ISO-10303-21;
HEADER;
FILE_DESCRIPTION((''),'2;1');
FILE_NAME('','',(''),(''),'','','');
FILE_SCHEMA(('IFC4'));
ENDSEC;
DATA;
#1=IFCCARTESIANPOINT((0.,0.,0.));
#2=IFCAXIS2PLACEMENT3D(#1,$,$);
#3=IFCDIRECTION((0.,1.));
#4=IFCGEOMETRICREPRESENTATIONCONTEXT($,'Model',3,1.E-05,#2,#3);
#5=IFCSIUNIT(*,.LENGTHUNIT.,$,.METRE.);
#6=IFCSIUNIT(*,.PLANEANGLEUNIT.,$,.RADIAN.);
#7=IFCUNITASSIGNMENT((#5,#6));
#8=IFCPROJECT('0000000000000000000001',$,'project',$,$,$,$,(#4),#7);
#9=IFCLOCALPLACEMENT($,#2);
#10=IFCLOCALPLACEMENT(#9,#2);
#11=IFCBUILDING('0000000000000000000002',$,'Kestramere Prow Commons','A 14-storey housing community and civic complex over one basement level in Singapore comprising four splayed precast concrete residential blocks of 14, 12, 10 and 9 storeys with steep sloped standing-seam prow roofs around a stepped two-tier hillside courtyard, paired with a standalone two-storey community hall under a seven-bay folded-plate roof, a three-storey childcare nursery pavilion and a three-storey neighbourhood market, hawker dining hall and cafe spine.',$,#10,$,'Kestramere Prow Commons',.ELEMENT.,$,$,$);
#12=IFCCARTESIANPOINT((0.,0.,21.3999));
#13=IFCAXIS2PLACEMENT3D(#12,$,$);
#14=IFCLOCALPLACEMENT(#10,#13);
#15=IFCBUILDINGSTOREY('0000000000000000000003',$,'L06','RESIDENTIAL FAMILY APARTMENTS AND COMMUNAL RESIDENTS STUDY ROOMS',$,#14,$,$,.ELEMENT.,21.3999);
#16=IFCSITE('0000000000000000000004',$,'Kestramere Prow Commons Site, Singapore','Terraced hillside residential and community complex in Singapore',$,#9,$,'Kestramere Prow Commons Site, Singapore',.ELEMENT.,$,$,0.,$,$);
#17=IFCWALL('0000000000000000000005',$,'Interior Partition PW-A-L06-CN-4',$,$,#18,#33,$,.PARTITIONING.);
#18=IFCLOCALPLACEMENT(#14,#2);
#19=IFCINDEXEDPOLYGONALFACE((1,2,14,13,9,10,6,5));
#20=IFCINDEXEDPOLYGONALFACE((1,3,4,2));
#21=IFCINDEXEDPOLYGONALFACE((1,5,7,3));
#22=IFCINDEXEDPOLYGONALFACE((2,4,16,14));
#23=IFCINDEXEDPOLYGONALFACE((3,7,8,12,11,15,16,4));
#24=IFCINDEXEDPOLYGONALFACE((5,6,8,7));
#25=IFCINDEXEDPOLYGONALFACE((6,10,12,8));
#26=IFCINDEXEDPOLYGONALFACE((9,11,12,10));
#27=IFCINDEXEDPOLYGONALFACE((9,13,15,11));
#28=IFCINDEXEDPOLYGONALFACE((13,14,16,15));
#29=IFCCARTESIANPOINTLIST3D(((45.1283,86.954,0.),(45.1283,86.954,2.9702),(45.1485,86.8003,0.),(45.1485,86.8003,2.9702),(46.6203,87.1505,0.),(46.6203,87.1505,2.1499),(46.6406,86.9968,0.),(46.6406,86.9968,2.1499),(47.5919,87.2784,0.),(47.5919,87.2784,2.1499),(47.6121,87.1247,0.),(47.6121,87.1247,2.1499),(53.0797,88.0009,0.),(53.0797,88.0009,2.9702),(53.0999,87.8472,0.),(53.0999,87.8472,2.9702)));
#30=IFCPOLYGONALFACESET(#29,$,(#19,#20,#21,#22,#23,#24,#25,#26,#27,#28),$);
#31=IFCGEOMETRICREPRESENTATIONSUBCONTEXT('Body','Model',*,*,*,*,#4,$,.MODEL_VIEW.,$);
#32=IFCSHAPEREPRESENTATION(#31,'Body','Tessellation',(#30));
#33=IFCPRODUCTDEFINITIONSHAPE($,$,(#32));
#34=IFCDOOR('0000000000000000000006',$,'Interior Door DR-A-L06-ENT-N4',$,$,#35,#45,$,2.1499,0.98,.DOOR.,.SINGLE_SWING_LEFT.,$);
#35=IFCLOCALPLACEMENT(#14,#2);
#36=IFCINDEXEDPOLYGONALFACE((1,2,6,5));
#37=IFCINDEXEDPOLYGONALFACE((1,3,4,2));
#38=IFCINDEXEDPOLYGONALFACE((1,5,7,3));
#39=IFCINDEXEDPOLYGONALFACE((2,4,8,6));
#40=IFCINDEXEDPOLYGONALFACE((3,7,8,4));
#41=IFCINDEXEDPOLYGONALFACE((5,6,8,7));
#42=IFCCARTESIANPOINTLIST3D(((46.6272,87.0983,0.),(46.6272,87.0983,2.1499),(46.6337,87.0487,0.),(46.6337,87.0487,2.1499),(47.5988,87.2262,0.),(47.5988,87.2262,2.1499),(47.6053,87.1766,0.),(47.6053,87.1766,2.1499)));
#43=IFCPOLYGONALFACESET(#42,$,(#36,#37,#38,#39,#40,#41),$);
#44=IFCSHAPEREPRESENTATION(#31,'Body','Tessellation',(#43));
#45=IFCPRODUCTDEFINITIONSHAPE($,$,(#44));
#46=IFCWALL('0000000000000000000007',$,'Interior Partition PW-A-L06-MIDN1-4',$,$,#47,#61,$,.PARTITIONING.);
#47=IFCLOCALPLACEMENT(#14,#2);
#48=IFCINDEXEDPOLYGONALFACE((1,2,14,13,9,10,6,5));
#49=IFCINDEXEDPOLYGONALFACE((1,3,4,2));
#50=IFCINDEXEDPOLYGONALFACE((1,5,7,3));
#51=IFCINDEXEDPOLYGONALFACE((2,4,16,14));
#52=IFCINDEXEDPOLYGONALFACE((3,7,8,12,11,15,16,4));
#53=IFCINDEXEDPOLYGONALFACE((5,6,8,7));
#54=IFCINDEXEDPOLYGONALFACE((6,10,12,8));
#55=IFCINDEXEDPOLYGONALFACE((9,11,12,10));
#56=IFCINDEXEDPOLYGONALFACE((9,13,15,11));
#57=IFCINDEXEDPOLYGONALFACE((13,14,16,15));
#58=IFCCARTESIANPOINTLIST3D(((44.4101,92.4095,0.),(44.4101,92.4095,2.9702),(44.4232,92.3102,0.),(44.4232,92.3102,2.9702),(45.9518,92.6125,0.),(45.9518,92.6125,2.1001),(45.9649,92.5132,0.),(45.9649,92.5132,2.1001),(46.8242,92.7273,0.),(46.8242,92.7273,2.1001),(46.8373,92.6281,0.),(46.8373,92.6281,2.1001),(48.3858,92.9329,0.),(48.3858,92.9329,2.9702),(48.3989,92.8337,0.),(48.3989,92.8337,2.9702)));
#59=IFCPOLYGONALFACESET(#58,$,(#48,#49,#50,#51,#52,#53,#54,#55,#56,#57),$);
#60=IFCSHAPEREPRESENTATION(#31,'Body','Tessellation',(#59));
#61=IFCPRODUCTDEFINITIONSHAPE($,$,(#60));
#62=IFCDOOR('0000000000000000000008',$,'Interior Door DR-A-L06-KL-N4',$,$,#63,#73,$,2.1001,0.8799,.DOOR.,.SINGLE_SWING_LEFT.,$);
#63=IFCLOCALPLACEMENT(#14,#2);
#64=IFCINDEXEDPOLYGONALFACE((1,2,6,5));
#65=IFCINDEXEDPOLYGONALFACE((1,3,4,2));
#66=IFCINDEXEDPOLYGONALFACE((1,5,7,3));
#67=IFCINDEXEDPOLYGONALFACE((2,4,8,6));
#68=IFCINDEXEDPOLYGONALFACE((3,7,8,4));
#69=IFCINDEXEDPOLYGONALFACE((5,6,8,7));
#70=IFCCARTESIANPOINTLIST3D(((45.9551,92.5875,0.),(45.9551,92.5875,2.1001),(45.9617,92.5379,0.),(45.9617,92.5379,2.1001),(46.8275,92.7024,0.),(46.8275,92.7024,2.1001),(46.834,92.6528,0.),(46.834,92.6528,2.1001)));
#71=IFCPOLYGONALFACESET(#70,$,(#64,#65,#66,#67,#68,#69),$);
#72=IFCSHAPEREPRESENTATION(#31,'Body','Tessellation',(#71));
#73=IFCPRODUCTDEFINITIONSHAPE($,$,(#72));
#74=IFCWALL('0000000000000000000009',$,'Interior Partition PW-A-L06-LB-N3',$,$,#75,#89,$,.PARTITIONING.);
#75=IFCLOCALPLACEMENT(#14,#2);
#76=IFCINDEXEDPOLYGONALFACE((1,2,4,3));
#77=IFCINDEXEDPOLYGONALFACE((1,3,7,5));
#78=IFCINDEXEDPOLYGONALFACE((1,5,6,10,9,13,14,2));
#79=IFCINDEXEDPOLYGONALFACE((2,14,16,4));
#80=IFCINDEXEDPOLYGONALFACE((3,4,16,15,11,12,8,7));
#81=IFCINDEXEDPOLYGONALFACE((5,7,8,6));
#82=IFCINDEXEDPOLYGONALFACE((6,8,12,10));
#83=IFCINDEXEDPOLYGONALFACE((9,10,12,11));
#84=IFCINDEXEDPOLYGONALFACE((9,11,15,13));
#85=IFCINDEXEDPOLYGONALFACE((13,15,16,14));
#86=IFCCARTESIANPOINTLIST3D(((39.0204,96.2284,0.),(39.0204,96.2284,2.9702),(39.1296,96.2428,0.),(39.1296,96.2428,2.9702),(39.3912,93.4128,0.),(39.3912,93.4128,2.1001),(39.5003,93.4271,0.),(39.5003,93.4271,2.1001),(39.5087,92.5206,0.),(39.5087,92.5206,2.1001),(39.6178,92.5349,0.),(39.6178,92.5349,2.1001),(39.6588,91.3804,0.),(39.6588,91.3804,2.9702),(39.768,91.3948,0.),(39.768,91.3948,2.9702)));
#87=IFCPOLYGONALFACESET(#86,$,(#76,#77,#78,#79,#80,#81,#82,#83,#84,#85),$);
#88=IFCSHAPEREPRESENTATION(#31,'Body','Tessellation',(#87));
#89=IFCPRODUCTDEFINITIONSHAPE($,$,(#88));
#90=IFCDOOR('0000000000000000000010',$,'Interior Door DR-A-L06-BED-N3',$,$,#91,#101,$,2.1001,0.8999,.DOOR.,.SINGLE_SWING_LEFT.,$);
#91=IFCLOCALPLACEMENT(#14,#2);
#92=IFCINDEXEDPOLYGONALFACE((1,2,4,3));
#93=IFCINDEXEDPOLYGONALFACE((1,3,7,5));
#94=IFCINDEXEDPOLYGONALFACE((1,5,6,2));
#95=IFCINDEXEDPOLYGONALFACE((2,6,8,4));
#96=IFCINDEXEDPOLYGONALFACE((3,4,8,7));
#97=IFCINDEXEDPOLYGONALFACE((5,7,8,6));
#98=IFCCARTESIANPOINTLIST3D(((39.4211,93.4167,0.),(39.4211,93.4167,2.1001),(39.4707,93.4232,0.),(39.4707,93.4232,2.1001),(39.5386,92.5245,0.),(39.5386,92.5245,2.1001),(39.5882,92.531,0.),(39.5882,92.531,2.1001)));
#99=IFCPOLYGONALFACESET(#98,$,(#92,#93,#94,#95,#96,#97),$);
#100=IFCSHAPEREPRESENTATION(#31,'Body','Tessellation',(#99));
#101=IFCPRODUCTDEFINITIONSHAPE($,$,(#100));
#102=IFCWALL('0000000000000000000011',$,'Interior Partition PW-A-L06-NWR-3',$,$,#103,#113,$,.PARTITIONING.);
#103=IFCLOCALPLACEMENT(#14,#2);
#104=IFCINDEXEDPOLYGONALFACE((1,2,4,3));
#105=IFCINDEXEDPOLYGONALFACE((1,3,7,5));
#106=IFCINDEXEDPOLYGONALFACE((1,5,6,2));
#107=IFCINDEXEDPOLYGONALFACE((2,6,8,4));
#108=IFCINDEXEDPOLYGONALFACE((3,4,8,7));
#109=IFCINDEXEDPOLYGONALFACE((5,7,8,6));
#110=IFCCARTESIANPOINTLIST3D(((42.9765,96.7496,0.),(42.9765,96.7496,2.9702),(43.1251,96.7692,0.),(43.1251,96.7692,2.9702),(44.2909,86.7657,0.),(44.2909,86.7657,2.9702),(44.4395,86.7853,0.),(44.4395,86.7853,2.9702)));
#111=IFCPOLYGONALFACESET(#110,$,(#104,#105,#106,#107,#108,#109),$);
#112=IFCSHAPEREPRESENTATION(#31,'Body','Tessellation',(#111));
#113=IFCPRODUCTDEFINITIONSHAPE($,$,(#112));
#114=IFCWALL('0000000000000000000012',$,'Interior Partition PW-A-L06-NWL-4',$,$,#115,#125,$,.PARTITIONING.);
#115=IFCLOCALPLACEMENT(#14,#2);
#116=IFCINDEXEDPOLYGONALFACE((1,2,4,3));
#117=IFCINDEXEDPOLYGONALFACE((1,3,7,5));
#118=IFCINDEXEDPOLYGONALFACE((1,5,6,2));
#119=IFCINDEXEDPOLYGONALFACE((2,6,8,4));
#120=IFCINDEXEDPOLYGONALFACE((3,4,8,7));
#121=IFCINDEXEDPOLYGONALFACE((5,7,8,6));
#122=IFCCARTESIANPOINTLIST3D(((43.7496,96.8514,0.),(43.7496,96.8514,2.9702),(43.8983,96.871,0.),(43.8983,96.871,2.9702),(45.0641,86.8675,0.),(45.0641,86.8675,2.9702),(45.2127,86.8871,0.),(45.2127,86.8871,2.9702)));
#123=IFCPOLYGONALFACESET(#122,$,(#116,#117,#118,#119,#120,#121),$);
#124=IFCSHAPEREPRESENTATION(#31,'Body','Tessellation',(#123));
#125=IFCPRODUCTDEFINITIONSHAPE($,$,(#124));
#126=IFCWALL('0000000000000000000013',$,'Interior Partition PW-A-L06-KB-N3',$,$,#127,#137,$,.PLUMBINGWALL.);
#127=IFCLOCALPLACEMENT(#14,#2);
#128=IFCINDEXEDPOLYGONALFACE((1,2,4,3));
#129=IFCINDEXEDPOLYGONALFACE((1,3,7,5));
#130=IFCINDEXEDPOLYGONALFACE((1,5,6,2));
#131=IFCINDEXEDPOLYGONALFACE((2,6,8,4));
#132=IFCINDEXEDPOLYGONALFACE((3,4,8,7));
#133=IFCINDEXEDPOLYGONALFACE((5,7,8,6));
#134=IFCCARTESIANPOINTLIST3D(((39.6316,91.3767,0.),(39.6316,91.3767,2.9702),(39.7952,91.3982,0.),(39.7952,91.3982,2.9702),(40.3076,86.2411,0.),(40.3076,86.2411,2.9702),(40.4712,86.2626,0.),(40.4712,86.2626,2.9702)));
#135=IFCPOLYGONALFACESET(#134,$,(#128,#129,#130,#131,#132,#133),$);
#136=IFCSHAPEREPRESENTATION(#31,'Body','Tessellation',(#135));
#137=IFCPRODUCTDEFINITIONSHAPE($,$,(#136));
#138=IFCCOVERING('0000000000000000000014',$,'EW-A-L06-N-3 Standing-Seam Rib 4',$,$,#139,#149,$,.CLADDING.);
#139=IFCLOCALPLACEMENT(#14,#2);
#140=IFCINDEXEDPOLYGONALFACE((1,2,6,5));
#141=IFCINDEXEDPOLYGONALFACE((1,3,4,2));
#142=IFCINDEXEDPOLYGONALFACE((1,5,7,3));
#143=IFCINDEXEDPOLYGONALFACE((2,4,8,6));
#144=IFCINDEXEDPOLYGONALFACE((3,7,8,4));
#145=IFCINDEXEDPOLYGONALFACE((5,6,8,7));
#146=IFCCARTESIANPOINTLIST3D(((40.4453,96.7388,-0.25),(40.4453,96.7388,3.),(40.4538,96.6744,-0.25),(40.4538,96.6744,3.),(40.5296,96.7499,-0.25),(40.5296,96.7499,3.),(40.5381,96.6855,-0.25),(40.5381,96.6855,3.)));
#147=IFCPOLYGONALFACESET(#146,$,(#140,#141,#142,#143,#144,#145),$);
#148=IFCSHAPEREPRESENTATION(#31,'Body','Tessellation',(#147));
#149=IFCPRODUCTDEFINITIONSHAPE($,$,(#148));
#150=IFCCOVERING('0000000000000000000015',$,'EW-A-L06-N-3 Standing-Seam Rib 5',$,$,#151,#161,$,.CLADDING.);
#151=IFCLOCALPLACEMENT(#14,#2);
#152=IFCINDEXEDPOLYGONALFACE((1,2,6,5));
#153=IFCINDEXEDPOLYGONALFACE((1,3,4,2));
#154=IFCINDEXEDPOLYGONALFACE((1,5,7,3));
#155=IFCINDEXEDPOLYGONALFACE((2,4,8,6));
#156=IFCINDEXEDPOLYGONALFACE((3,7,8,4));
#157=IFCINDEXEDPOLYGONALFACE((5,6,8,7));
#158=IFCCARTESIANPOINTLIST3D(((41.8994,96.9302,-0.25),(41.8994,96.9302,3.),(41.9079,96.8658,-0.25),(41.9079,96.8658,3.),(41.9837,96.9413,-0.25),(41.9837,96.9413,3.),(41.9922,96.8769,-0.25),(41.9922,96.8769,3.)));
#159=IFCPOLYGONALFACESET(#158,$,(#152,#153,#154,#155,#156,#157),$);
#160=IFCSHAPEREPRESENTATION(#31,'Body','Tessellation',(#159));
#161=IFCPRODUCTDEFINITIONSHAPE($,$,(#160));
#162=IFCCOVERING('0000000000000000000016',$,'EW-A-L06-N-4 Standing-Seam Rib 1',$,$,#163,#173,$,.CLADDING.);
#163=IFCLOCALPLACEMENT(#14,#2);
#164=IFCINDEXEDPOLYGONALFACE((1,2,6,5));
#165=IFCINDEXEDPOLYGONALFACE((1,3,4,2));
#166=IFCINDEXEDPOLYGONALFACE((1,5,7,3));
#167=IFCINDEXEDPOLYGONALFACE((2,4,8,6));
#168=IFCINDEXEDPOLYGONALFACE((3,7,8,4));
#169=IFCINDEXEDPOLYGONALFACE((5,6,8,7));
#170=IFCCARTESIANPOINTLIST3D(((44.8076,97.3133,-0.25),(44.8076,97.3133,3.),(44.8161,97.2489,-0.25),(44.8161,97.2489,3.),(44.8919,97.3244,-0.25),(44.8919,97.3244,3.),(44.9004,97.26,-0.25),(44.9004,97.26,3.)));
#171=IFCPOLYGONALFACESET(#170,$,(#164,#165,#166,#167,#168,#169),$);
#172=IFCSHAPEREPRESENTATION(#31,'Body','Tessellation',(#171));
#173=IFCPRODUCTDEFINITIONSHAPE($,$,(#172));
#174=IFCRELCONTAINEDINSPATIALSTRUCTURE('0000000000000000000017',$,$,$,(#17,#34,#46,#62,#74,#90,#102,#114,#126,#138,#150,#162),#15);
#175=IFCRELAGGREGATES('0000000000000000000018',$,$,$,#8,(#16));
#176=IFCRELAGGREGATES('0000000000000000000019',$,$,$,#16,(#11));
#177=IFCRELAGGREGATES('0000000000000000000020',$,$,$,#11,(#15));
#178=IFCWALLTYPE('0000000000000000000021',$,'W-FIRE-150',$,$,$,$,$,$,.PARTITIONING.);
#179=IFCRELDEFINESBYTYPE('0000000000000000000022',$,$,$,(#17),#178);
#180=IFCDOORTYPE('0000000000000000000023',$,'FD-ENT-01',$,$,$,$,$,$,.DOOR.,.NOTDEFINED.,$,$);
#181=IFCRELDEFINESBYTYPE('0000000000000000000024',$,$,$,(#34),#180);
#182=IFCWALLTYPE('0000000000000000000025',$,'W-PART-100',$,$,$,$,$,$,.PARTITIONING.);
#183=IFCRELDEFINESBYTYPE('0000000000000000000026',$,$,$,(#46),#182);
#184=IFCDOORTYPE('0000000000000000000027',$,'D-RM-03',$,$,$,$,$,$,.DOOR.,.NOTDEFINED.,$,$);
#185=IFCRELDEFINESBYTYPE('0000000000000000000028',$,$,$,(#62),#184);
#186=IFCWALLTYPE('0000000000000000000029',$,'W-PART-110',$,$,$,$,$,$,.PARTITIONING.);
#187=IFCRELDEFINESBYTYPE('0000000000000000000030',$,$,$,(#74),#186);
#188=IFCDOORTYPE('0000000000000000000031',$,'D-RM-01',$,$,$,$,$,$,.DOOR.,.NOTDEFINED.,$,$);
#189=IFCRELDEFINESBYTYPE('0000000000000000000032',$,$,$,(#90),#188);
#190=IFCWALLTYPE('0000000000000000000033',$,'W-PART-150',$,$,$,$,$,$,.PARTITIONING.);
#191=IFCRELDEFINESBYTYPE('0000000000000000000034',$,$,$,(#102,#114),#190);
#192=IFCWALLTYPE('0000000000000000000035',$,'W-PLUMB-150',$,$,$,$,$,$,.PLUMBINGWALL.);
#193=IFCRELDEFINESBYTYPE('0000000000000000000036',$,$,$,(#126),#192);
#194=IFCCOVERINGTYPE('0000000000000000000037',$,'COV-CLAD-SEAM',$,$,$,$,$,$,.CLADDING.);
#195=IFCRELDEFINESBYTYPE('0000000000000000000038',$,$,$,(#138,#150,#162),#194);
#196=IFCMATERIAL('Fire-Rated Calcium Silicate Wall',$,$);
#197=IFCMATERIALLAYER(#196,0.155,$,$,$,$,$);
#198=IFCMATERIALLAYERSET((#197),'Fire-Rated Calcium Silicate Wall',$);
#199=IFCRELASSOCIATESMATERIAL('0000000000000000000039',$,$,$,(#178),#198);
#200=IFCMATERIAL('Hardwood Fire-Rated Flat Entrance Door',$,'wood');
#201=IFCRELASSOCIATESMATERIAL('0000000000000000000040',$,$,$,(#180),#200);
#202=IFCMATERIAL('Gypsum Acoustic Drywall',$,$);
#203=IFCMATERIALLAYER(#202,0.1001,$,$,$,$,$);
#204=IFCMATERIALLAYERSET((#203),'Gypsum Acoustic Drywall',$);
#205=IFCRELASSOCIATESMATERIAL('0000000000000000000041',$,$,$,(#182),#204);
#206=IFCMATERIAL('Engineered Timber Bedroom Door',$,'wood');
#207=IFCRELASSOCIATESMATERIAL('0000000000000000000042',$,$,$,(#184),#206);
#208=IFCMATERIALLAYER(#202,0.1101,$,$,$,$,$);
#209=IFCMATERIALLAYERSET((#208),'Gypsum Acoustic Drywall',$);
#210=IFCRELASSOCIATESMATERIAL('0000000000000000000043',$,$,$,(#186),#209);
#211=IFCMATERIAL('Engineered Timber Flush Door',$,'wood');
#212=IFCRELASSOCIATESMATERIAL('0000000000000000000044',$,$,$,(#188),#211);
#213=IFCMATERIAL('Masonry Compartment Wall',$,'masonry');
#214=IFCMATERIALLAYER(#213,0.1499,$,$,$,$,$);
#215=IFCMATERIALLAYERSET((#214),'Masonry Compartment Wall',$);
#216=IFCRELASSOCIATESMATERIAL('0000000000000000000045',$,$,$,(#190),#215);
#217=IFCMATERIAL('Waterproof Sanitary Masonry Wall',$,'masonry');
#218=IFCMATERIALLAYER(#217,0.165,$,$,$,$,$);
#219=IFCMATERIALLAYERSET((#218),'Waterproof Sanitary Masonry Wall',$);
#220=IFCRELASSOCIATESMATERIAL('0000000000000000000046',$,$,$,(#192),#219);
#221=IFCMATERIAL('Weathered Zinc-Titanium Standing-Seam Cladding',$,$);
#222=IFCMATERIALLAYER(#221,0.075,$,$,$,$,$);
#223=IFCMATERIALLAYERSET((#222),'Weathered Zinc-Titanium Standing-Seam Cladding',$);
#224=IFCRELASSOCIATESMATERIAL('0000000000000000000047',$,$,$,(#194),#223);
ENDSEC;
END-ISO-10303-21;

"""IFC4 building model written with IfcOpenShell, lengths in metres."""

from ifc_helpers import new_model, si_unit, direction, frame, frame_2d, origin, origin_2d, place, context, subcontext, project, spatial, rectangle, extrude, material, layer, layer_set, type_object, element, fill, save


model = new_model("IFC4")

# Units and contexts
model_context = context("Model", 3, precision=1e-05, world=origin(), true_north=direction((0.0, 1.0)))
body_context = subcontext(model_context, "Body", "Model", "MODEL_VIEW")
ifc_project = project(units=[si_unit("LENGTHUNIT", "METRE"), si_unit("PLANEANGLEUNIT", "RADIAN")], contexts=[model_context])

# Site, building, storey
site_placement = place(None, origin())
site = spatial("IfcSite", under=ifc_project, at=site_placement, Name="Kestramere Prow Commons Site, Singapore", Description="Terraced hillside residential and community complex in Singapore", LongName="Kestramere Prow Commons Site, Singapore", CompositionType="ELEMENT", RefElevation=0.0)
building_placement = place(site_placement, origin())
building = spatial("IfcBuilding", under=site, at=building_placement, Name="Kestramere Prow Commons", Description="A 14-storey housing community and civic complex over one basement level in Singapore comprising four splayed precast concrete residential blocks of 14, 12, 10 and 9 storeys with steep sloped standing-seam prow roofs around a stepped two-tier hillside courtyard, paired with a standalone two-storey community hall under a seven-bay folded-plate roof, a three-storey childcare nursery pavilion and a three-storey neighbourhood market, hawker dining hall and cafe spine.", LongName="Kestramere Prow Commons", CompositionType="ELEMENT")
storey_placement = place(building_placement, frame((0.0, 0.0, 21.3999)))
storey = spatial("IfcBuildingStorey", under=building, at=storey_placement, Name="L06", Description="RESIDENTIAL FAMILY APARTMENTS AND COMMUNAL RESIDENTS STUDY ROOMS", CompositionType="ELEMENT", Elevation=21.3999)

# Walls, openings, doors
ifc_material_1 = material(Name="Fire-Rated Calcium Silicate Wall")
ifc_layer_1 = layer(ifc_material_1, 0.155)
ifc_layer_set_1 = layer_set([ifc_layer_1], Name="Fire-Rated Calcium Silicate Wall")
wall_type_1 = type_object("IfcWallType", Name="W-FIRE-150", PredefinedType="PARTITIONING", material=ifc_layer_set_1)
ifc_material_2 = material(Name="Hardwood Fire-Rated Flat Entrance Door", Category="wood")
door_type_1 = type_object("IfcDoorType", Name="FD-ENT-01", OperationType="NOTDEFINED", PredefinedType="DOOR", material=ifc_material_2)
wall_1_placement = place(storey_placement, frame((45.1384, 86.8772, 0.0), z_axis=(0.0, 0.0, 1.0), x_axis=(0.991444, 0.130532, 0.0)))
wall_1 = element("IfcWall", 1, at=wall_1_placement, inside=storey, type_object=wall_type_1, Name="Interior Partition PW-A-L06-CN-4", PredefinedType="PARTITIONING", context=body_context, shape_type="SweptSolid", body=[
    extrude(rectangle(XDim=8.02, YDim=0.155, at=frame_2d((4.01, 0.0))), origin(), (0.0, 0.0, 1.0), 2.9702),
])
opening_1_placement = place(wall_1_placement, frame((1.5049, 0.0, 0.0)))
opening_1 = element("IfcOpeningElement", 2, at=opening_1_placement, cuts=wall_1, PredefinedType="OPENING", context=body_context, shape_type="SweptSolid", body=[
    extrude(rectangle(XDim=0.98, YDim=2.1499, at=frame_2d((0.49, 1.075))), frame((0.0, 0.0925, 0.0), z_axis=(0.0, -1.0, 0.0), x_axis=(1.0, 0.0, 0.0)), (0.0, 0.0, 1.0), 0.1851),
])
door_1_placement = place(opening_1_placement, origin())
door_1 = element("IfcDoor", 3, at=door_1_placement, inside=storey, type_object=door_type_1, Name="Interior Door DR-A-L06-ENT-N4", OperationType="SINGLE_SWING_LEFT", OverallHeight=2.1499, OverallWidth=0.98, PredefinedType="DOOR", context=body_context, shape_type="SweptSolid", body=[
    extrude(rectangle(XDim=0.98, YDim=2.1499, at=frame_2d((0.49, 1.075))), frame((0.0, 0.0249, 0.0), z_axis=(0.0, -1.0, 0.0), x_axis=(1.0, 0.0, 0.0)), (0.0, 0.0, 1.0), 0.05),
])
fill(opening_1, door_1)
ifc_material_3 = material(Name="Gypsum Acoustic Drywall")
ifc_layer_2 = layer(ifc_material_3, 0.1001)
ifc_layer_set_2 = layer_set([ifc_layer_2], Name="Gypsum Acoustic Drywall")
wall_type_2 = type_object("IfcWallType", Name="W-PART-100", PredefinedType="PARTITIONING", material=ifc_layer_set_2)
wall_2_placement = place(storey_placement, frame((44.4167, 92.3599, 0.0), z_axis=(0.0, 0.0, 1.0), x_axis=(0.991444, 0.130536, 0.0)))
wall_2 = element("IfcWall", 4, at=wall_2_placement, inside=storey, type_object=wall_type_2, Name="Interior Partition PW-A-L06-MIDN1-4", PredefinedType="PARTITIONING", context=body_context, shape_type="SweptSolid", body=[
    extrude(rectangle(XDim=4.01, YDim=0.1001, at=frame_2d((2.0049, 0.0))), origin(), (0.0, 0.0, 1.0), 2.9702),
])
opening_2_placement = place(wall_2_placement, frame((1.5549, 0.0, 0.0)))
opening_2 = element("IfcOpeningElement", 5, at=opening_2_placement, cuts=wall_2, PredefinedType="OPENING", context=body_context, shape_type="SweptSolid", body=[
    extrude(rectangle(XDim=0.8799, YDim=2.1001, at=frame_2d((0.4399, 1.05))), frame((0.0, 0.0649, 0.0), z_axis=(0.0, -1.0, 0.0), x_axis=(1.0, 0.0, 0.0)), (0.0, 0.0, 1.0), 0.1301),
])
ifc_material_4 = material(Name="Engineered Timber Bedroom Door", Category="wood")
door_type_2 = type_object("IfcDoorType", Name="D-RM-03", OperationType="NOTDEFINED", PredefinedType="DOOR", material=ifc_material_4)
door_2_placement = place(opening_2_placement, origin())
door_2 = element("IfcDoor", 6, at=door_2_placement, inside=storey, type_object=door_type_2, Name="Interior Door DR-A-L06-KL-N4", OperationType="SINGLE_SWING_LEFT", OverallHeight=2.1001, OverallWidth=0.8799, PredefinedType="DOOR", context=body_context, shape_type="SweptSolid", body=[
    extrude(rectangle(XDim=0.8799, YDim=2.1001, at=frame_2d((0.4399, 1.05))), frame((0.0, 0.0249, 0.0), z_axis=(0.0, -1.0, 0.0), x_axis=(1.0, 0.0, 0.0)), (0.0, 0.0, 1.0), 0.05),
])
fill(opening_2, door_2)
ifc_layer_3 = layer(ifc_material_3, 0.1101)
ifc_layer_set_3 = layer_set([ifc_layer_3], Name="Gypsum Acoustic Drywall")
wall_type_3 = type_object("IfcWallType", Name="W-PART-110", PredefinedType="PARTITIONING", material=ifc_layer_set_3)
wall_3_placement = place(storey_placement, frame((39.7134, 91.3877, 0.0), z_axis=(0.0, 0.0, 1.0), x_axis=(-0.130558, 0.991441, 0.0)))
wall_3 = element("IfcWall", 7, at=wall_3_placement, inside=storey, type_object=wall_type_3, Name="Interior Partition PW-A-L06-LB-N3", PredefinedType="PARTITIONING", context=body_context, shape_type="SweptSolid", body=[
    extrude(rectangle(XDim=4.8899, YDim=0.1101, at=frame_2d((2.4448, 0.0))), origin(), (0.0, 0.0, 1.0), 2.9702),
])
opening_3_placement = place(wall_3_placement, frame((1.1499, 0.0, 0.0)))
opening_3 = element("IfcOpeningElement", 8, at=opening_3_placement, cuts=wall_3, PredefinedType="OPENING", context=body_context, shape_type="SweptSolid", body=[
    extrude(rectangle(XDim=0.8999, YDim=2.1001, at=frame_2d((0.45, 1.05))), frame((0.0, 0.0701, 0.0), z_axis=(0.0, -1.0, 0.0), x_axis=(1.0, 0.0, 0.0)), (0.0, 0.0, 1.0), 0.1401),
])
ifc_material_5 = material(Name="Engineered Timber Flush Door", Category="wood")
door_type_3 = type_object("IfcDoorType", Name="D-RM-01", OperationType="NOTDEFINED", PredefinedType="DOOR", material=ifc_material_5)
door_3_placement = place(opening_3_placement, origin())
door_3 = element("IfcDoor", 9, at=door_3_placement, inside=storey, type_object=door_type_3, Name="Interior Door DR-A-L06-BED-N3", OperationType="SINGLE_SWING_LEFT", OverallHeight=2.1001, OverallWidth=0.8999, PredefinedType="DOOR", context=body_context, shape_type="SweptSolid", body=[
    extrude(rectangle(XDim=0.8999, YDim=2.1001, at=frame_2d((0.45, 1.05))), frame((0.0, 0.0249, 0.0), z_axis=(0.0, -1.0, 0.0), x_axis=(1.0, 0.0, 0.0)), (0.0, 0.0, 1.0), 0.05),
])
fill(opening_3, door_3)

# Walls
ifc_material_6 = material(Name="Masonry Compartment Wall", Category="masonry")
ifc_layer_4 = layer(ifc_material_6, 0.1499)
ifc_layer_set_4 = layer_set([ifc_layer_4], Name="Masonry Compartment Wall")
wall_type_4 = type_object("IfcWallType", Name="W-PART-150", PredefinedType="PARTITIONING", material=ifc_layer_set_4)
for number, where, z_axis, x_axis, name in (
    (10, (44.3652, 86.7754, 0.0), (0.0, 0.0, 1.0), (-0.130531, 0.991444, 0.0), "Interior Partition PW-A-L06-NWR-3"),
    (11, (45.1384, 86.8772, 0.0), (0.0, 0.0, 1.0), (-0.130531, 0.991444, 0.0), "Interior Partition PW-A-L06-NWL-4"),
):
    element("IfcWall", number, at=place(storey_placement, frame(where, z_axis=z_axis, x_axis=x_axis)), inside=storey, type_object=wall_type_4, Name=name, PredefinedType="PARTITIONING", context=body_context, shape_type="SweptSolid", body=[
        extrude(rectangle(XDim=10.0701, YDim=0.1499, at=frame_2d((5.0352, 0.0))), origin(), (0.0, 0.0, 1.0), 2.9702),
    ])
ifc_material_7 = material(Name="Waterproof Sanitary Masonry Wall", Category="masonry")
ifc_layer_5 = layer(ifc_material_7, 0.165)
ifc_layer_set_5 = layer_set([ifc_layer_5], Name="Waterproof Sanitary Masonry Wall")
wall_type_5 = type_object("IfcWallType", Name="W-PLUMB-150", PredefinedType="PLUMBINGWALL", material=ifc_layer_set_5)
wall_4_placement = place(storey_placement, frame((40.3894, 86.252, 0.0), z_axis=(0.0, 0.0, 1.0), x_axis=(-0.130506, 0.991448, 0.0)))
element("IfcWall", 12, at=wall_4_placement, inside=storey, type_object=wall_type_5, Name="Interior Partition PW-A-L06-KB-N3", PredefinedType="PLUMBINGWALL", context=body_context, shape_type="SweptSolid", body=[
    extrude(rectangle(XDim=5.1799, YDim=0.165, at=frame_2d((2.5898, 0.0))), origin(), (0.0, 0.0, 1.0), 2.9702),
])

# Coverings
ifc_material_8 = material(Name="Weathered Zinc-Titanium Standing-Seam Cladding")
ifc_layer_6 = layer(ifc_material_8, 0.075)
ifc_layer_set_6 = layer_set([ifc_layer_6], Name="Weathered Zinc-Titanium Standing-Seam Cladding")
covering_type = type_object("IfcCoveringType", Name="COV-CLAD-SEAM", PredefinedType="CLADDING", material=ifc_layer_set_6)
for number, where, z_axis, x_axis, name in (
    (13, (40.4917, 96.7122, -0.25), (0.0, 0.0, 1.0), (0.991445, 0.130526, 0.0), "EW-A-L06-N-3 Standing-Seam Rib 4"),
    (14, (41.9458, 96.9036, -0.25), (0.0, 0.0, 1.0), (0.991445, 0.130526, 0.0), "EW-A-L06-N-3 Standing-Seam Rib 5"),
    (15, (44.854, 97.2866, -0.25), (0.0, 0.0, 1.0), (0.991445, 0.130526, 0.0), "EW-A-L06-N-4 Standing-Seam Rib 1"),
):
    element("IfcCovering", number, at=place(storey_placement, frame(where, z_axis=z_axis, x_axis=x_axis)), inside=storey, type_object=covering_type, Name=name, PredefinedType="CLADDING", context=body_context, shape_type="SweptSolid", body=[
        extrude(rectangle(XDim=0.085, YDim=0.0649, at=origin_2d()), origin(), (0.0, 0.0, 1.0), 3.25),
    ])

save(model, "model.ifc")
